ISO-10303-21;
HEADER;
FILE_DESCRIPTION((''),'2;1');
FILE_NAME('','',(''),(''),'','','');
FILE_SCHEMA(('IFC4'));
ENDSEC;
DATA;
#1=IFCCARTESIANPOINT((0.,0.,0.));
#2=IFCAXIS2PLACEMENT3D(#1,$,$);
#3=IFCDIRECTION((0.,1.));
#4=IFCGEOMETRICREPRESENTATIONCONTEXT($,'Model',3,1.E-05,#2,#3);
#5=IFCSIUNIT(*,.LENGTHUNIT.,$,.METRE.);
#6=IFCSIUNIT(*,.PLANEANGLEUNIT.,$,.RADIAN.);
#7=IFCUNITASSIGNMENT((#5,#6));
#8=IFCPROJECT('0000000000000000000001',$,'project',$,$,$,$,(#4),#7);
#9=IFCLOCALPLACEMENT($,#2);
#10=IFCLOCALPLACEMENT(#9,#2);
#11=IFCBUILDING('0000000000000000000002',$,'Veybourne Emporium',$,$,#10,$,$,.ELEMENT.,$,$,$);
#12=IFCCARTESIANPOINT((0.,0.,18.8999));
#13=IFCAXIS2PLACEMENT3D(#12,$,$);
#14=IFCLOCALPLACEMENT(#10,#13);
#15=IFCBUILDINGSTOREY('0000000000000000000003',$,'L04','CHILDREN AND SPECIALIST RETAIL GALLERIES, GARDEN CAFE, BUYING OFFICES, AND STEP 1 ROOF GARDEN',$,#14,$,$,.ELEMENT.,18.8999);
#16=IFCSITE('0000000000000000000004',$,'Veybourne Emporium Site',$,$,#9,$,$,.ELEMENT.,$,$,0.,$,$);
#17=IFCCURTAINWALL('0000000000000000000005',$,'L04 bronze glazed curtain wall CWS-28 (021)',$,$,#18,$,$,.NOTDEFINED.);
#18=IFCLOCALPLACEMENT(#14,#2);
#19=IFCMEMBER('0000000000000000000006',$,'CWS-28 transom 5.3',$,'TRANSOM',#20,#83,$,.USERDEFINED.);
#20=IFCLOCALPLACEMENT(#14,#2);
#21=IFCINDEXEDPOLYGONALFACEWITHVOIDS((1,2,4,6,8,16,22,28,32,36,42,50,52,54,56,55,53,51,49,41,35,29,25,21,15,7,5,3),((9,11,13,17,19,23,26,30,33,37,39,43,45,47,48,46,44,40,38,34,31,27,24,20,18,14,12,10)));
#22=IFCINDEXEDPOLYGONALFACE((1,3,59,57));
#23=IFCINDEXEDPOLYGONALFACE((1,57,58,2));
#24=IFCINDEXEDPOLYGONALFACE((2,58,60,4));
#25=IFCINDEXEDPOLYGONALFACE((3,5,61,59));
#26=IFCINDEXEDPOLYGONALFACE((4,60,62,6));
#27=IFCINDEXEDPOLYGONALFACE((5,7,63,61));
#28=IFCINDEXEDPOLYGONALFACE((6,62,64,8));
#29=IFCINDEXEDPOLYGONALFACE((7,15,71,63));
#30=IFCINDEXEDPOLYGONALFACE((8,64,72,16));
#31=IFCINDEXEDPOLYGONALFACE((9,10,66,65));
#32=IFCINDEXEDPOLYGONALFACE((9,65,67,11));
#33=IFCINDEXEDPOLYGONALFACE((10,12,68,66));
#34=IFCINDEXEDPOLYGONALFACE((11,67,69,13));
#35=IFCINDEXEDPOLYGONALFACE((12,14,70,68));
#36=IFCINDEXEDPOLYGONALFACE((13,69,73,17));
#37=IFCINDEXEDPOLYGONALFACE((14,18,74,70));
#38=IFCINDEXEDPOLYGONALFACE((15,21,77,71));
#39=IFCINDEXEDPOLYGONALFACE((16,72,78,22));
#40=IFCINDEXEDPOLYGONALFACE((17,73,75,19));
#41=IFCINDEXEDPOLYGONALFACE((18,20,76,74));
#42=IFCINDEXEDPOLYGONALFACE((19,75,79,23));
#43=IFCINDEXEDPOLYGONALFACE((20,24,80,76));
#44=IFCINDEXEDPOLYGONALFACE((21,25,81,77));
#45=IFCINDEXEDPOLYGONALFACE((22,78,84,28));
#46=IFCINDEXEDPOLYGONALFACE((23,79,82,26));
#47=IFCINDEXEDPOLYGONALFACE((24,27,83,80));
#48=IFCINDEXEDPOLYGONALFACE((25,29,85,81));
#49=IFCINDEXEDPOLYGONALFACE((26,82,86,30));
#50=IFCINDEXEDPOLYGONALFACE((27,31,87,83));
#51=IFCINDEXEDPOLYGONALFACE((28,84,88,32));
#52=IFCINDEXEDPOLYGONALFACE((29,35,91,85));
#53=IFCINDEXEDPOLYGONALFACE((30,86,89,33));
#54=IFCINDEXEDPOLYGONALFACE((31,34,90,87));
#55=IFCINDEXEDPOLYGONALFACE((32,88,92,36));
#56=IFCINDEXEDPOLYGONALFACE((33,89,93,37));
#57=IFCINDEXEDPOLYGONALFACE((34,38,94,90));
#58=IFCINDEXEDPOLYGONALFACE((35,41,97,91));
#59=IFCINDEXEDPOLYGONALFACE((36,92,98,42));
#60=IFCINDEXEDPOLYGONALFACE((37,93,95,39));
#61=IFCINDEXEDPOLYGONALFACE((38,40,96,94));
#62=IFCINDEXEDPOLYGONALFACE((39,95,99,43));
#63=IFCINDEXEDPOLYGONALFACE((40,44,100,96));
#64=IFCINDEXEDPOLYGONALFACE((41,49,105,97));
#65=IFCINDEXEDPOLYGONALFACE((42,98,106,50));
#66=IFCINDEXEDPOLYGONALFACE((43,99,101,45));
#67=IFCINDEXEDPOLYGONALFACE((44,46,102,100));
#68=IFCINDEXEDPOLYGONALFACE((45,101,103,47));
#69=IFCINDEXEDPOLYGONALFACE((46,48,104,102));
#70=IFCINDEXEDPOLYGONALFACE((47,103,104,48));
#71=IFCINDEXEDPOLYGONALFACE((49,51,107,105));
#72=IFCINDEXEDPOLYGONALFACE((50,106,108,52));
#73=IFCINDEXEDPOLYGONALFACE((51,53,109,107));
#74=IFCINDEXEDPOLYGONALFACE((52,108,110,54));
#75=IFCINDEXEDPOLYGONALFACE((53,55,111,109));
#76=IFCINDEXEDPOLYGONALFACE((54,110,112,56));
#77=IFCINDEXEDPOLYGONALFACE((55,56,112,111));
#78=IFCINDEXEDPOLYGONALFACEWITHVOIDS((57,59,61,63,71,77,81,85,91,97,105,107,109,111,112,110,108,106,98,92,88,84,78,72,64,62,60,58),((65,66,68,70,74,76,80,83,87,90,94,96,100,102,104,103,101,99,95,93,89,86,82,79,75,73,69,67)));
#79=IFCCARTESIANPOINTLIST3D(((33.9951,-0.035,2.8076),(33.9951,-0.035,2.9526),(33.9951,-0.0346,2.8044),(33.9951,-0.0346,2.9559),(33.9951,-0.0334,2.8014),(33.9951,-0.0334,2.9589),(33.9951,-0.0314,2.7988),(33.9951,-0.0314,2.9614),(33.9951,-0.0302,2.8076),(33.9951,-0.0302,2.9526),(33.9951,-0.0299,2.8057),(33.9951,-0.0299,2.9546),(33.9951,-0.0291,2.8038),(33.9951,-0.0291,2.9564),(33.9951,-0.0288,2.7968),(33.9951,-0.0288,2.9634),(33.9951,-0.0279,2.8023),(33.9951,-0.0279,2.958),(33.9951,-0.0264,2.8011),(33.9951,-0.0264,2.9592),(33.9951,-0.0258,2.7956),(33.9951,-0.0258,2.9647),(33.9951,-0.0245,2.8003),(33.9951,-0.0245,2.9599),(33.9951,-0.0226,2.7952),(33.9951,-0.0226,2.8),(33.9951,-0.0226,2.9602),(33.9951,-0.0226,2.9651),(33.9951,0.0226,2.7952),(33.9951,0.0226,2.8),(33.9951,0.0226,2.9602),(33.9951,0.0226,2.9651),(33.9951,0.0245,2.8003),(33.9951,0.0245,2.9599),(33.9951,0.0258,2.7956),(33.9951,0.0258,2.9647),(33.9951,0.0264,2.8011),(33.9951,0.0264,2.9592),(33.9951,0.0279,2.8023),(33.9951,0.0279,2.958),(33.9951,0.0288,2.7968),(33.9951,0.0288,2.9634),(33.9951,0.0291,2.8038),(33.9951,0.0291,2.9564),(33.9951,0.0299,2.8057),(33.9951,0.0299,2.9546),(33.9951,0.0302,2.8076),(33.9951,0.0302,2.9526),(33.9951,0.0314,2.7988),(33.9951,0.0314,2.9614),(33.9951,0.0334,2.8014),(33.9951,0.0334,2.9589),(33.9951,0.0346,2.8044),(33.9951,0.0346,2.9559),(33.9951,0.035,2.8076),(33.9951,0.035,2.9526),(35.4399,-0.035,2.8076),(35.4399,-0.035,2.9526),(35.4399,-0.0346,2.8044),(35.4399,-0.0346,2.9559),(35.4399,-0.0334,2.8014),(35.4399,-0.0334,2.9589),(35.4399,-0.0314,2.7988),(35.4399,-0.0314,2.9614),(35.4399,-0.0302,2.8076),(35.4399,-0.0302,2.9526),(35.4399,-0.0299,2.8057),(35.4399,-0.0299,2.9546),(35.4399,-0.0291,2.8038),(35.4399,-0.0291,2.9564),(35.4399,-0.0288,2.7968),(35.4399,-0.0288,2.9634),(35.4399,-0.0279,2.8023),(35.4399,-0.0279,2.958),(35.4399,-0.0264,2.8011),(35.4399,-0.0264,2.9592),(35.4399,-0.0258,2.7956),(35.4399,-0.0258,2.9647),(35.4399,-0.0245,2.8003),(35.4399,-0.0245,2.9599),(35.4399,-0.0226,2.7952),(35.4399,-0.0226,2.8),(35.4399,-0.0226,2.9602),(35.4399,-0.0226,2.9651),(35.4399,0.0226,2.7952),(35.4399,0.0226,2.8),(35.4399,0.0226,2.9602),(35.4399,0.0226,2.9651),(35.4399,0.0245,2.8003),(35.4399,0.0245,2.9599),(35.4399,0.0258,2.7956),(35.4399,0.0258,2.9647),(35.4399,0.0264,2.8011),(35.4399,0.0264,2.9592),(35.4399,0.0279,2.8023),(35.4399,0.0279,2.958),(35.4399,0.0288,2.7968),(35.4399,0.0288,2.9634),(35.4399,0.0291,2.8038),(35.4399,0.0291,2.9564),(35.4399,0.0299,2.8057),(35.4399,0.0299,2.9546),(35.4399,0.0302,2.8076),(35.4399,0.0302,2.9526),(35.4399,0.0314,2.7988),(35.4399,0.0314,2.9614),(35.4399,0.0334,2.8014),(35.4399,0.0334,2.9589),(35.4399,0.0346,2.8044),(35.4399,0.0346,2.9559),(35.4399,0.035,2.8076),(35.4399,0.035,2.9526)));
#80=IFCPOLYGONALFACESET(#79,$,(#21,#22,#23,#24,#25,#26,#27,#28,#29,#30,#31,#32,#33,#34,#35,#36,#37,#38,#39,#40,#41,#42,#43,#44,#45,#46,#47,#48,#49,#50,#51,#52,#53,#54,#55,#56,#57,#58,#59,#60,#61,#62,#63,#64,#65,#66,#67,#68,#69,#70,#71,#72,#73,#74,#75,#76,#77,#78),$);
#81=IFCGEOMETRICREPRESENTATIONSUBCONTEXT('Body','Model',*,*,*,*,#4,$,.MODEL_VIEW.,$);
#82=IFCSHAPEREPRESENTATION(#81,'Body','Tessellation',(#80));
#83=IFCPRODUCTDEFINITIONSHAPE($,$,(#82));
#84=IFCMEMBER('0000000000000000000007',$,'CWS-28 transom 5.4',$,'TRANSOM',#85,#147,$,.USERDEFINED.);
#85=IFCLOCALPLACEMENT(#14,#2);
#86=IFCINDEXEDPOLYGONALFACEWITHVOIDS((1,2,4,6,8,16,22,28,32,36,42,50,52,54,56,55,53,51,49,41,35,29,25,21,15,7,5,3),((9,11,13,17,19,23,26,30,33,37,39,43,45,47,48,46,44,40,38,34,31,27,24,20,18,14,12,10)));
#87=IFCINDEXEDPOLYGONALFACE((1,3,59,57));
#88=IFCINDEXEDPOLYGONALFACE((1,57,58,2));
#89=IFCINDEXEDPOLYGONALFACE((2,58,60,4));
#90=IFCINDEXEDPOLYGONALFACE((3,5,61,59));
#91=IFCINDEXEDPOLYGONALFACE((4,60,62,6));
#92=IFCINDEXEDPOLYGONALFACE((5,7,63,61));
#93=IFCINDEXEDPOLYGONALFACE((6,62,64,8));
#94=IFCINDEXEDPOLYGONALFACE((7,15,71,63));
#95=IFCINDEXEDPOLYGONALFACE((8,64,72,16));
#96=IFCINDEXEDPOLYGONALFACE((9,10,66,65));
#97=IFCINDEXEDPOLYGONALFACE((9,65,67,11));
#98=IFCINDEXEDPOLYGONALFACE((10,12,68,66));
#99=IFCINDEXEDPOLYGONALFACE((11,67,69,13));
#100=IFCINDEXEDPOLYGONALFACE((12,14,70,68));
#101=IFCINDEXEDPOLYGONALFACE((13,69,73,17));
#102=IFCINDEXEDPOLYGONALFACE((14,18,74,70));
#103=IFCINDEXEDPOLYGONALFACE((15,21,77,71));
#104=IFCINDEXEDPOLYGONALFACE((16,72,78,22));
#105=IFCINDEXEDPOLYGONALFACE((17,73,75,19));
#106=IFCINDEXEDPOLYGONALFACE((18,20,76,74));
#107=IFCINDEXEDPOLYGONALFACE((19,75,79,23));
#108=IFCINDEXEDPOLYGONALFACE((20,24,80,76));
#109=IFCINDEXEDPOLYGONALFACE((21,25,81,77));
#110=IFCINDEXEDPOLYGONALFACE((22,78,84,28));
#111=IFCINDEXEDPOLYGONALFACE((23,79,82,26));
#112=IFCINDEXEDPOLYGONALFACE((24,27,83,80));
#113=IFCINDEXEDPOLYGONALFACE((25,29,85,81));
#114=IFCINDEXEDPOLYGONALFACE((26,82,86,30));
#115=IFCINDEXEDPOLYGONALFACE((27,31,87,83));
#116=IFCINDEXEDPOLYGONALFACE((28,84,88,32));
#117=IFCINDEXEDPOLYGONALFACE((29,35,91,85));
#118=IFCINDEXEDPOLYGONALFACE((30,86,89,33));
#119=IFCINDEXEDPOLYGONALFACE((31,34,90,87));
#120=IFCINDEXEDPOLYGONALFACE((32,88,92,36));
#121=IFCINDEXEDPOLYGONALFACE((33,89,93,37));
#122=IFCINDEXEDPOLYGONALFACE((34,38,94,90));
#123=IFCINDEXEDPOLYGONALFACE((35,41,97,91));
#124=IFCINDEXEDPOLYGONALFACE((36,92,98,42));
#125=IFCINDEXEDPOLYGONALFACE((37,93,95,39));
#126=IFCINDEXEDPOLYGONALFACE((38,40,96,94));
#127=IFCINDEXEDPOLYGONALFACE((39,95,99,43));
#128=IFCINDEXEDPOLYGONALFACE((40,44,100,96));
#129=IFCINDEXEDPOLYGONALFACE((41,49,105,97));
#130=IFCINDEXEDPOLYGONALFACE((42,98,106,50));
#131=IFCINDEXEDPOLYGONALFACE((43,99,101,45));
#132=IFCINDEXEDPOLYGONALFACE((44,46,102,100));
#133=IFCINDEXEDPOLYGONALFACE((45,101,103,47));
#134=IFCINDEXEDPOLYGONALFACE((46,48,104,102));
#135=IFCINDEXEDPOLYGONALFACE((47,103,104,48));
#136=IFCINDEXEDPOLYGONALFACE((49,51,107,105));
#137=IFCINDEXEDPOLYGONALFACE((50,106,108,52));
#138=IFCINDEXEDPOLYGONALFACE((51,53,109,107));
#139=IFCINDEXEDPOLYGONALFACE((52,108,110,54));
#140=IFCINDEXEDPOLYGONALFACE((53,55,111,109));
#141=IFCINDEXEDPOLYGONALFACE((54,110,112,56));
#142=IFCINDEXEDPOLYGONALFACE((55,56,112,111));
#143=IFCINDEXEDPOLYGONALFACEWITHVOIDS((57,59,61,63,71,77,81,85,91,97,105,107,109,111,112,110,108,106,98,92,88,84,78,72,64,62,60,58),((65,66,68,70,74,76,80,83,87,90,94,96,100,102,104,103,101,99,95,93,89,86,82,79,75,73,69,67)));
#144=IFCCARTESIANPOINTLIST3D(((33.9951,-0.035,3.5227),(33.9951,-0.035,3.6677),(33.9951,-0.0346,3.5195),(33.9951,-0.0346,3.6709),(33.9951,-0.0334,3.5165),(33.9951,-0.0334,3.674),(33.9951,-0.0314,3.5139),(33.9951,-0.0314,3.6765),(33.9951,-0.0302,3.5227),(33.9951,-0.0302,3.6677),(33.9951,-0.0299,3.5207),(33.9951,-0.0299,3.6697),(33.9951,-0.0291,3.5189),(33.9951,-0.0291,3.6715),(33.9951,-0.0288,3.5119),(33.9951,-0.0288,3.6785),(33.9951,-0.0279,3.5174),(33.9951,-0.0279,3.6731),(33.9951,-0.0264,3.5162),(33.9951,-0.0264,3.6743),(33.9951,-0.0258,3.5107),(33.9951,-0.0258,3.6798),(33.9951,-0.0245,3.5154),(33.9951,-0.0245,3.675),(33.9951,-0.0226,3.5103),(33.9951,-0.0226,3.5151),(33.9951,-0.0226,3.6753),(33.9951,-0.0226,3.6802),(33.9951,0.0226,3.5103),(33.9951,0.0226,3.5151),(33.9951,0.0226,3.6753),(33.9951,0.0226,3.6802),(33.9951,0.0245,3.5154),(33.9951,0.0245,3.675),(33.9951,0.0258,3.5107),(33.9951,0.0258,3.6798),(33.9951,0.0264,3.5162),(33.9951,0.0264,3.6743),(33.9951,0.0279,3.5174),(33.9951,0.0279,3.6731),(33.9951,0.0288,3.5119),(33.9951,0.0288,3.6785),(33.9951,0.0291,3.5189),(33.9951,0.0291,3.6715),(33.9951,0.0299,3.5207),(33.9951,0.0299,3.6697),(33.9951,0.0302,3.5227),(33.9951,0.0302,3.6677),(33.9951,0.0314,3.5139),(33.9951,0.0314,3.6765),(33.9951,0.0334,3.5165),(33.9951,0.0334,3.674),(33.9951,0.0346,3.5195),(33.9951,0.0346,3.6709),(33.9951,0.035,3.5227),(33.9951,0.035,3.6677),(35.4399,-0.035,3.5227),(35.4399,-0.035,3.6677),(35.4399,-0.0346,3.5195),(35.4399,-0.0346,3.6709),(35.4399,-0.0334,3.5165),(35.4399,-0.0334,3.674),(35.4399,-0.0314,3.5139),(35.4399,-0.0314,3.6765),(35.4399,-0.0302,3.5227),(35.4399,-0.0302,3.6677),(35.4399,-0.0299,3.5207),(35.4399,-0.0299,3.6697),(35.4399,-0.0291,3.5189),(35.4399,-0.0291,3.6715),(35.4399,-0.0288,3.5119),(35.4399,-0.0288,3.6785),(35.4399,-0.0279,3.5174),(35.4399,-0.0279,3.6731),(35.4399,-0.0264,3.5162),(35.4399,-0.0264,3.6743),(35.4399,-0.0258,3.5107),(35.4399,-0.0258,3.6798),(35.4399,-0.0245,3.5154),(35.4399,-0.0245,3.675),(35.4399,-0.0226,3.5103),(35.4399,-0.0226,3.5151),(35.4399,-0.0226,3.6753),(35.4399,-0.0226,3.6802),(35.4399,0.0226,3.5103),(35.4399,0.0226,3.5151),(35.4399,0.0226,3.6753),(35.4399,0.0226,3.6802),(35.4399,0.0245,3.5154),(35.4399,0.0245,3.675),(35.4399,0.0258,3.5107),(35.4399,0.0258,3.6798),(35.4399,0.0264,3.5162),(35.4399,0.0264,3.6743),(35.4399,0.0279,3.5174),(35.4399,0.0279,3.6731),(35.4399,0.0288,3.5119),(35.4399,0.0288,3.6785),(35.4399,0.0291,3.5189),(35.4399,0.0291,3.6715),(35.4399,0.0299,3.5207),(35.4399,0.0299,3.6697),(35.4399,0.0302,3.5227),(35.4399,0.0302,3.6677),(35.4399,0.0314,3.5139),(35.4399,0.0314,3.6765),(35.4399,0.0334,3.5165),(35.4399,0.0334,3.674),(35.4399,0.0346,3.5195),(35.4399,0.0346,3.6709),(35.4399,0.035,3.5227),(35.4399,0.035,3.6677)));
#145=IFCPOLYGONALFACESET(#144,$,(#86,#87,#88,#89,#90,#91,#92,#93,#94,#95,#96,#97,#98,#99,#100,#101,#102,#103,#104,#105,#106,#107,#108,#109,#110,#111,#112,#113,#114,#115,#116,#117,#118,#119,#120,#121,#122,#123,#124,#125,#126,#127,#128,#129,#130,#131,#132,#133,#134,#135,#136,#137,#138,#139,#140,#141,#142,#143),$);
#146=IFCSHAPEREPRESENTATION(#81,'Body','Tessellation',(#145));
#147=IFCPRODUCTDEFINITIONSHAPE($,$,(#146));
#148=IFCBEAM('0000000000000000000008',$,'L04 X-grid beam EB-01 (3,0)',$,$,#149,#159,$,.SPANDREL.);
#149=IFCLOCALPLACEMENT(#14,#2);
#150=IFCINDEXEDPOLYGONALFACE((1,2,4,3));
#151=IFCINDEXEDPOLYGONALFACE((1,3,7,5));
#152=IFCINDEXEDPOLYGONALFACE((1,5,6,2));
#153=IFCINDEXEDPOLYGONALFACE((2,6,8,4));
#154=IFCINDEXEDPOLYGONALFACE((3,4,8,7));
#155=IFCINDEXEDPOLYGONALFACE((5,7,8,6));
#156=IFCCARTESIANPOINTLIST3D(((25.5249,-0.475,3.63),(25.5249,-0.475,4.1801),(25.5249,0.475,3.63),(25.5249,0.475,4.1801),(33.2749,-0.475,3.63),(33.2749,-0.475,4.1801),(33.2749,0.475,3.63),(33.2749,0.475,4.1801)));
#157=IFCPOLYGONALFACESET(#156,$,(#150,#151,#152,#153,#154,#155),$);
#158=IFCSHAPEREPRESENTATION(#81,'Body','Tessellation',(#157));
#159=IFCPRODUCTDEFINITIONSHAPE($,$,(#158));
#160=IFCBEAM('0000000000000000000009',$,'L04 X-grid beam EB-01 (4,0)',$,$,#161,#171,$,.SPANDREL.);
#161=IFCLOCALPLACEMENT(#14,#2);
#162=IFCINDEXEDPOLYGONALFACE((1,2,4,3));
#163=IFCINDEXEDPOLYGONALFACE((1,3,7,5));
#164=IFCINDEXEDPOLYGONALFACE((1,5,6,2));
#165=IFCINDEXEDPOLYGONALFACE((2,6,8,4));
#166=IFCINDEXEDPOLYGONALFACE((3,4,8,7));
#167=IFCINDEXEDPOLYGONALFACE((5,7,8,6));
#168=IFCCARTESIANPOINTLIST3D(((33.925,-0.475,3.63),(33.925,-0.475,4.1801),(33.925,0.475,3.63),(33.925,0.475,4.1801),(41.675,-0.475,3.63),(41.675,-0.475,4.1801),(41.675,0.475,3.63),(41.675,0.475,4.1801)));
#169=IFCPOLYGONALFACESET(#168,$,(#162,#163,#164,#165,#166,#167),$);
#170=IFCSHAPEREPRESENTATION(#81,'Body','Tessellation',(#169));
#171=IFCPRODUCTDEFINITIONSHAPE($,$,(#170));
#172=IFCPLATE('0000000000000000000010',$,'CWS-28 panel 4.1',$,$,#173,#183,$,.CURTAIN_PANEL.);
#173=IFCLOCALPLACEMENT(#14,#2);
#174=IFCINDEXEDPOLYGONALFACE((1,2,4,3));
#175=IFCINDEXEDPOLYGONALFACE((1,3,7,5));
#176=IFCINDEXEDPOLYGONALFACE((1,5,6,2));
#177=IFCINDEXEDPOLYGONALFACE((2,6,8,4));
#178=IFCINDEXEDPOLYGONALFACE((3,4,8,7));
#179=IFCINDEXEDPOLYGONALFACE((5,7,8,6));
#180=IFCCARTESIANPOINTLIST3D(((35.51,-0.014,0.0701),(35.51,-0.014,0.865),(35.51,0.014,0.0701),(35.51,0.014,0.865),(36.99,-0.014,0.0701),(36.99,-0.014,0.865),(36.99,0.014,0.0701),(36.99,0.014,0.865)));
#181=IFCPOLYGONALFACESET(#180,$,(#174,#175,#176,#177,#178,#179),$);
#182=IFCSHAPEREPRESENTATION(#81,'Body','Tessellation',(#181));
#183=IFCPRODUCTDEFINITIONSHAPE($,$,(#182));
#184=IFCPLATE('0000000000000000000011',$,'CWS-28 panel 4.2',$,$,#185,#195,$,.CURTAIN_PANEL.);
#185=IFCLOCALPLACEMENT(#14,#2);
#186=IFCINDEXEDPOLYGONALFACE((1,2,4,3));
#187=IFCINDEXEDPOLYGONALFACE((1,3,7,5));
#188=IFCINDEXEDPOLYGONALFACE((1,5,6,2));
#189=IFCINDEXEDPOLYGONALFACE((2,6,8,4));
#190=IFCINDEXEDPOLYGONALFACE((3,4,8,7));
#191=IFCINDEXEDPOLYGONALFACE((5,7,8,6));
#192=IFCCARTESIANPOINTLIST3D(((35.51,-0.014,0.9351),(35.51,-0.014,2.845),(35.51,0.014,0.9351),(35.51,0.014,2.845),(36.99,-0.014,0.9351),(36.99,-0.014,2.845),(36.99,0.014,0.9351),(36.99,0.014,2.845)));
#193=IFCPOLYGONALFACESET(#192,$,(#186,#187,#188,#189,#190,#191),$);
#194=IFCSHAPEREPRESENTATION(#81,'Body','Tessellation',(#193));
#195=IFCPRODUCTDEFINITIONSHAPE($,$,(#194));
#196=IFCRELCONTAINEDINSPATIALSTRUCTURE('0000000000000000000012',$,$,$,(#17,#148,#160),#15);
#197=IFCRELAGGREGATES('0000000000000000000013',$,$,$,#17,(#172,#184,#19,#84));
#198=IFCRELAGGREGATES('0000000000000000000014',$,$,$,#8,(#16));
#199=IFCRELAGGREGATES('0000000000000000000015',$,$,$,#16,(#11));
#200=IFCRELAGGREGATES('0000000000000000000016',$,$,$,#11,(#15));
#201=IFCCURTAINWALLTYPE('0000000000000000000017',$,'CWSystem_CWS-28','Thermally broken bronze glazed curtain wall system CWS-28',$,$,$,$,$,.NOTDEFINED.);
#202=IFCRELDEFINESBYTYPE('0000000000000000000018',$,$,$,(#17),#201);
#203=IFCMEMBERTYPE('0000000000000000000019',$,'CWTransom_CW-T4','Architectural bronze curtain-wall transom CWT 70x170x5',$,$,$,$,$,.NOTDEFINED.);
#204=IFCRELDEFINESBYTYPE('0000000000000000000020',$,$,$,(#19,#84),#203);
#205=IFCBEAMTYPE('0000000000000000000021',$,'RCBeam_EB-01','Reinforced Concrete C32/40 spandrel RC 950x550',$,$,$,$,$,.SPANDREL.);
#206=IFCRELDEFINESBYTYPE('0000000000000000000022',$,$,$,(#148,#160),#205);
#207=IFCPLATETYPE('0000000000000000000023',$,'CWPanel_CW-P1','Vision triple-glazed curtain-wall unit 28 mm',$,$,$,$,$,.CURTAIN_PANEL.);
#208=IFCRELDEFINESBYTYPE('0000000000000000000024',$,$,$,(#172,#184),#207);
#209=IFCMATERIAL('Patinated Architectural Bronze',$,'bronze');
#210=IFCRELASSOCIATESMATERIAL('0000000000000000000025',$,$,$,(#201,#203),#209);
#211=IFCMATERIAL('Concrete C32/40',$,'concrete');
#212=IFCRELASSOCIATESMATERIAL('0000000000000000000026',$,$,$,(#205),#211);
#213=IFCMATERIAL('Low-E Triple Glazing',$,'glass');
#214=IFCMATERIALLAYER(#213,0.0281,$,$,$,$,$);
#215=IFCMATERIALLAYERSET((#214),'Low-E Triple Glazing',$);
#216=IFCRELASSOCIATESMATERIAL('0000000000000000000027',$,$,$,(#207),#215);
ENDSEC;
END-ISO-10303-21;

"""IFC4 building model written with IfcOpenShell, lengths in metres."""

from ifc_helpers import new_model, si_unit, direction, frame, origin, origin_2d, place, context, subcontext, project, spatial, rectangle, hollow_rectangle, extrude, material, layer, layer_set, material_profile, profile_set, type_object, element, aggregate, save


model = new_model("IFC4")

# Units and contexts
model_context = context("Model", 3, precision=1e-05, world=origin(), true_north=direction((0.0, 1.0)))
body_context = subcontext(model_context, "Body", "Model", "MODEL_VIEW")
ifc_project = project(units=[si_unit("LENGTHUNIT", "METRE"), si_unit("PLANEANGLEUNIT", "RADIAN")], contexts=[model_context])

# Site, building, storey
site_placement = place(None, origin())
site = spatial("IfcSite", under=ifc_project, at=site_placement, Name="Veybourne Emporium Site", CompositionType="ELEMENT", RefElevation=0.0)
building_placement = place(site_placement, origin())
building = spatial("IfcBuilding", under=site, at=building_placement, Name="Veybourne Emporium", CompositionType="ELEMENT")
storey_placement = place(building_placement, frame((0.0, 0.0, 18.8999)))
storey = spatial("IfcBuildingStorey", under=building, at=storey_placement, Name="L04", Description="CHILDREN AND SPECIALIST RETAIL GALLERIES, GARDEN CAFE, BUYING OFFICES, AND STEP 1 ROOF GARDEN", CompositionType="ELEMENT", Elevation=18.8999)

# Curtain wall, members
ifc_material_1 = material(Name="Patinated Architectural Bronze", Category="bronze")
curtain_wall_type = type_object("IfcCurtainWallType", Name="CWSystem_CWS-28", Description="Thermally broken bronze glazed curtain wall system CWS-28", PredefinedType="NOTDEFINED", material=ifc_material_1)
curtain_wall_placement = place(storey_placement, origin())
curtain_wall = element("IfcCurtainWall", 1, at=curtain_wall_placement, inside=storey, type_object=curtain_wall_type, Name="L04 bronze glazed curtain wall CWS-28 (021)", PredefinedType="NOTDEFINED")
ifc_material_profile_1 = material_profile(ifc_material_1, hollow_rectangle(XDim=0.0701, YDim=0.1699, WallThickness=0.0049, InnerFilletRadius=0.0076, OuterFilletRadius=0.0125, at=origin_2d()), Name="CWT 70x170x5")
ifc_profile_set_1 = profile_set([ifc_material_profile_1], Name="Patinated Architectural Bronze")
member_type_1 = type_object("IfcMemberType", Name="CWTransom_CW-T4", Description="Architectural bronze curtain-wall transom CWT 70x170x5", PredefinedType="NOTDEFINED", material=ifc_profile_set_1)
member_1_placement = place(storey_placement, frame((35.4399, 0.0, 2.8801), z_axis=(-1.0, 0.0, 0.0), x_axis=(0.0, -1.0, 0.0)))
member_1 = element("IfcMember", 2, at=member_1_placement, type_object=member_type_1, Name="CWS-28 transom 5.3", ObjectType="TRANSOM", PredefinedType="USERDEFINED", context=body_context, shape_type="SweptSolid", body=[
    extrude(hollow_rectangle(XDim=0.0701, YDim=0.1699, WallThickness=0.0049, InnerFilletRadius=0.0076, OuterFilletRadius=0.0125, at=origin_2d()), origin(), (0.0, 0.0, 1.0), 1.4448),
])
member_2_placement = place(storey_placement, frame((35.4399, 0.0, 3.5952), z_axis=(-1.0, 0.0, 0.0), x_axis=(0.0, -1.0, 0.0)))
member_2 = element("IfcMember", 3, at=member_2_placement, type_object=member_type_1, Name="CWS-28 transom 5.4", ObjectType="TRANSOM", PredefinedType="USERDEFINED", context=body_context, shape_type="SweptSolid", body=[
    extrude(hollow_rectangle(XDim=0.0701, YDim=0.1699, WallThickness=0.0049, InnerFilletRadius=0.0076, OuterFilletRadius=0.0125, at=origin_2d()), origin(), (0.0, 0.0, 1.0), 1.4448),
])

# Beams
ifc_material_2 = material(Name="Concrete C32/40", Category="concrete")
ifc_material_profile_2 = material_profile(ifc_material_2, rectangle(XDim=0.95, YDim=0.55, at=origin_2d()), Name="RC 950x550")
ifc_profile_set_2 = profile_set([ifc_material_profile_2], Name="Concrete C32/40")
beam_type = type_object("IfcBeamType", Name="RCBeam_EB-01", Description="Reinforced Concrete C32/40 spandrel RC 950x550", PredefinedType="SPANDREL", material=ifc_profile_set_2)
for number, where, z_axis, x_axis, name in (
    (4, (25.5249, 0.0, 3.905), (1.0, 0.0, 0.0), (0.0, 1.0, 0.0), "L04 X-grid beam EB-01 (3,0)"),
    (5, (33.925, 0.0, 3.905), (1.0, 0.0, 0.0), (0.0, 1.0, 0.0), "L04 X-grid beam EB-01 (4,0)"),
):
    element("IfcBeam", number, at=place(storey_placement, frame(where, z_axis=z_axis, x_axis=x_axis)), inside=storey, type_object=beam_type, Name=name, PredefinedType="SPANDREL", context=body_context, shape_type="SweptSolid", body=[
        extrude(rectangle(XDim=0.95, YDim=0.55, at=origin_2d()), origin(), (0.0, 0.0, 1.0), 7.75),
    ])

# Plates
ifc_material_3 = material(Name="Low-E Triple Glazing", Category="glass")
ifc_layer_1 = layer(ifc_material_3, 0.0281)
ifc_layer_set_1 = layer_set([ifc_layer_1], Name="Low-E Triple Glazing")
plate_type = type_object("IfcPlateType", Name="CWPanel_CW-P1", Description="Vision triple-glazed curtain-wall unit 28 mm", PredefinedType="CURTAIN_PANEL", material=ifc_layer_set_1)
plate_1_placement = place(storey_placement, frame((36.25, 0.0, 0.0701), z_axis=(0.0, 0.0, 1.0), x_axis=(-1.0, 0.0, 0.0)))
plate_1 = element("IfcPlate", 6, at=plate_1_placement, type_object=plate_type, Name="CWS-28 panel 4.1", PredefinedType="CURTAIN_PANEL", context=body_context, shape_type="SweptSolid", body=[
    extrude(rectangle(XDim=1.48, YDim=0.0281, at=origin_2d()), origin(), (0.0, 0.0, 1.0), 0.7949),
])
plate_2_placement = place(storey_placement, frame((36.25, 0.0, 0.9351), z_axis=(0.0, 0.0, 1.0), x_axis=(-1.0, 0.0, 0.0)))
plate_2 = element("IfcPlate", 7, at=plate_2_placement, type_object=plate_type, Name="CWS-28 panel 4.2", PredefinedType="CURTAIN_PANEL", context=body_context, shape_type="SweptSolid", body=[
    extrude(rectangle(XDim=1.48, YDim=0.0281, at=origin_2d()), origin(), (0.0, 0.0, 1.0), 1.9099),
])
aggregate(curtain_wall, [plate_1, plate_2, member_1, member_2])

save(model, "model.ifc")
